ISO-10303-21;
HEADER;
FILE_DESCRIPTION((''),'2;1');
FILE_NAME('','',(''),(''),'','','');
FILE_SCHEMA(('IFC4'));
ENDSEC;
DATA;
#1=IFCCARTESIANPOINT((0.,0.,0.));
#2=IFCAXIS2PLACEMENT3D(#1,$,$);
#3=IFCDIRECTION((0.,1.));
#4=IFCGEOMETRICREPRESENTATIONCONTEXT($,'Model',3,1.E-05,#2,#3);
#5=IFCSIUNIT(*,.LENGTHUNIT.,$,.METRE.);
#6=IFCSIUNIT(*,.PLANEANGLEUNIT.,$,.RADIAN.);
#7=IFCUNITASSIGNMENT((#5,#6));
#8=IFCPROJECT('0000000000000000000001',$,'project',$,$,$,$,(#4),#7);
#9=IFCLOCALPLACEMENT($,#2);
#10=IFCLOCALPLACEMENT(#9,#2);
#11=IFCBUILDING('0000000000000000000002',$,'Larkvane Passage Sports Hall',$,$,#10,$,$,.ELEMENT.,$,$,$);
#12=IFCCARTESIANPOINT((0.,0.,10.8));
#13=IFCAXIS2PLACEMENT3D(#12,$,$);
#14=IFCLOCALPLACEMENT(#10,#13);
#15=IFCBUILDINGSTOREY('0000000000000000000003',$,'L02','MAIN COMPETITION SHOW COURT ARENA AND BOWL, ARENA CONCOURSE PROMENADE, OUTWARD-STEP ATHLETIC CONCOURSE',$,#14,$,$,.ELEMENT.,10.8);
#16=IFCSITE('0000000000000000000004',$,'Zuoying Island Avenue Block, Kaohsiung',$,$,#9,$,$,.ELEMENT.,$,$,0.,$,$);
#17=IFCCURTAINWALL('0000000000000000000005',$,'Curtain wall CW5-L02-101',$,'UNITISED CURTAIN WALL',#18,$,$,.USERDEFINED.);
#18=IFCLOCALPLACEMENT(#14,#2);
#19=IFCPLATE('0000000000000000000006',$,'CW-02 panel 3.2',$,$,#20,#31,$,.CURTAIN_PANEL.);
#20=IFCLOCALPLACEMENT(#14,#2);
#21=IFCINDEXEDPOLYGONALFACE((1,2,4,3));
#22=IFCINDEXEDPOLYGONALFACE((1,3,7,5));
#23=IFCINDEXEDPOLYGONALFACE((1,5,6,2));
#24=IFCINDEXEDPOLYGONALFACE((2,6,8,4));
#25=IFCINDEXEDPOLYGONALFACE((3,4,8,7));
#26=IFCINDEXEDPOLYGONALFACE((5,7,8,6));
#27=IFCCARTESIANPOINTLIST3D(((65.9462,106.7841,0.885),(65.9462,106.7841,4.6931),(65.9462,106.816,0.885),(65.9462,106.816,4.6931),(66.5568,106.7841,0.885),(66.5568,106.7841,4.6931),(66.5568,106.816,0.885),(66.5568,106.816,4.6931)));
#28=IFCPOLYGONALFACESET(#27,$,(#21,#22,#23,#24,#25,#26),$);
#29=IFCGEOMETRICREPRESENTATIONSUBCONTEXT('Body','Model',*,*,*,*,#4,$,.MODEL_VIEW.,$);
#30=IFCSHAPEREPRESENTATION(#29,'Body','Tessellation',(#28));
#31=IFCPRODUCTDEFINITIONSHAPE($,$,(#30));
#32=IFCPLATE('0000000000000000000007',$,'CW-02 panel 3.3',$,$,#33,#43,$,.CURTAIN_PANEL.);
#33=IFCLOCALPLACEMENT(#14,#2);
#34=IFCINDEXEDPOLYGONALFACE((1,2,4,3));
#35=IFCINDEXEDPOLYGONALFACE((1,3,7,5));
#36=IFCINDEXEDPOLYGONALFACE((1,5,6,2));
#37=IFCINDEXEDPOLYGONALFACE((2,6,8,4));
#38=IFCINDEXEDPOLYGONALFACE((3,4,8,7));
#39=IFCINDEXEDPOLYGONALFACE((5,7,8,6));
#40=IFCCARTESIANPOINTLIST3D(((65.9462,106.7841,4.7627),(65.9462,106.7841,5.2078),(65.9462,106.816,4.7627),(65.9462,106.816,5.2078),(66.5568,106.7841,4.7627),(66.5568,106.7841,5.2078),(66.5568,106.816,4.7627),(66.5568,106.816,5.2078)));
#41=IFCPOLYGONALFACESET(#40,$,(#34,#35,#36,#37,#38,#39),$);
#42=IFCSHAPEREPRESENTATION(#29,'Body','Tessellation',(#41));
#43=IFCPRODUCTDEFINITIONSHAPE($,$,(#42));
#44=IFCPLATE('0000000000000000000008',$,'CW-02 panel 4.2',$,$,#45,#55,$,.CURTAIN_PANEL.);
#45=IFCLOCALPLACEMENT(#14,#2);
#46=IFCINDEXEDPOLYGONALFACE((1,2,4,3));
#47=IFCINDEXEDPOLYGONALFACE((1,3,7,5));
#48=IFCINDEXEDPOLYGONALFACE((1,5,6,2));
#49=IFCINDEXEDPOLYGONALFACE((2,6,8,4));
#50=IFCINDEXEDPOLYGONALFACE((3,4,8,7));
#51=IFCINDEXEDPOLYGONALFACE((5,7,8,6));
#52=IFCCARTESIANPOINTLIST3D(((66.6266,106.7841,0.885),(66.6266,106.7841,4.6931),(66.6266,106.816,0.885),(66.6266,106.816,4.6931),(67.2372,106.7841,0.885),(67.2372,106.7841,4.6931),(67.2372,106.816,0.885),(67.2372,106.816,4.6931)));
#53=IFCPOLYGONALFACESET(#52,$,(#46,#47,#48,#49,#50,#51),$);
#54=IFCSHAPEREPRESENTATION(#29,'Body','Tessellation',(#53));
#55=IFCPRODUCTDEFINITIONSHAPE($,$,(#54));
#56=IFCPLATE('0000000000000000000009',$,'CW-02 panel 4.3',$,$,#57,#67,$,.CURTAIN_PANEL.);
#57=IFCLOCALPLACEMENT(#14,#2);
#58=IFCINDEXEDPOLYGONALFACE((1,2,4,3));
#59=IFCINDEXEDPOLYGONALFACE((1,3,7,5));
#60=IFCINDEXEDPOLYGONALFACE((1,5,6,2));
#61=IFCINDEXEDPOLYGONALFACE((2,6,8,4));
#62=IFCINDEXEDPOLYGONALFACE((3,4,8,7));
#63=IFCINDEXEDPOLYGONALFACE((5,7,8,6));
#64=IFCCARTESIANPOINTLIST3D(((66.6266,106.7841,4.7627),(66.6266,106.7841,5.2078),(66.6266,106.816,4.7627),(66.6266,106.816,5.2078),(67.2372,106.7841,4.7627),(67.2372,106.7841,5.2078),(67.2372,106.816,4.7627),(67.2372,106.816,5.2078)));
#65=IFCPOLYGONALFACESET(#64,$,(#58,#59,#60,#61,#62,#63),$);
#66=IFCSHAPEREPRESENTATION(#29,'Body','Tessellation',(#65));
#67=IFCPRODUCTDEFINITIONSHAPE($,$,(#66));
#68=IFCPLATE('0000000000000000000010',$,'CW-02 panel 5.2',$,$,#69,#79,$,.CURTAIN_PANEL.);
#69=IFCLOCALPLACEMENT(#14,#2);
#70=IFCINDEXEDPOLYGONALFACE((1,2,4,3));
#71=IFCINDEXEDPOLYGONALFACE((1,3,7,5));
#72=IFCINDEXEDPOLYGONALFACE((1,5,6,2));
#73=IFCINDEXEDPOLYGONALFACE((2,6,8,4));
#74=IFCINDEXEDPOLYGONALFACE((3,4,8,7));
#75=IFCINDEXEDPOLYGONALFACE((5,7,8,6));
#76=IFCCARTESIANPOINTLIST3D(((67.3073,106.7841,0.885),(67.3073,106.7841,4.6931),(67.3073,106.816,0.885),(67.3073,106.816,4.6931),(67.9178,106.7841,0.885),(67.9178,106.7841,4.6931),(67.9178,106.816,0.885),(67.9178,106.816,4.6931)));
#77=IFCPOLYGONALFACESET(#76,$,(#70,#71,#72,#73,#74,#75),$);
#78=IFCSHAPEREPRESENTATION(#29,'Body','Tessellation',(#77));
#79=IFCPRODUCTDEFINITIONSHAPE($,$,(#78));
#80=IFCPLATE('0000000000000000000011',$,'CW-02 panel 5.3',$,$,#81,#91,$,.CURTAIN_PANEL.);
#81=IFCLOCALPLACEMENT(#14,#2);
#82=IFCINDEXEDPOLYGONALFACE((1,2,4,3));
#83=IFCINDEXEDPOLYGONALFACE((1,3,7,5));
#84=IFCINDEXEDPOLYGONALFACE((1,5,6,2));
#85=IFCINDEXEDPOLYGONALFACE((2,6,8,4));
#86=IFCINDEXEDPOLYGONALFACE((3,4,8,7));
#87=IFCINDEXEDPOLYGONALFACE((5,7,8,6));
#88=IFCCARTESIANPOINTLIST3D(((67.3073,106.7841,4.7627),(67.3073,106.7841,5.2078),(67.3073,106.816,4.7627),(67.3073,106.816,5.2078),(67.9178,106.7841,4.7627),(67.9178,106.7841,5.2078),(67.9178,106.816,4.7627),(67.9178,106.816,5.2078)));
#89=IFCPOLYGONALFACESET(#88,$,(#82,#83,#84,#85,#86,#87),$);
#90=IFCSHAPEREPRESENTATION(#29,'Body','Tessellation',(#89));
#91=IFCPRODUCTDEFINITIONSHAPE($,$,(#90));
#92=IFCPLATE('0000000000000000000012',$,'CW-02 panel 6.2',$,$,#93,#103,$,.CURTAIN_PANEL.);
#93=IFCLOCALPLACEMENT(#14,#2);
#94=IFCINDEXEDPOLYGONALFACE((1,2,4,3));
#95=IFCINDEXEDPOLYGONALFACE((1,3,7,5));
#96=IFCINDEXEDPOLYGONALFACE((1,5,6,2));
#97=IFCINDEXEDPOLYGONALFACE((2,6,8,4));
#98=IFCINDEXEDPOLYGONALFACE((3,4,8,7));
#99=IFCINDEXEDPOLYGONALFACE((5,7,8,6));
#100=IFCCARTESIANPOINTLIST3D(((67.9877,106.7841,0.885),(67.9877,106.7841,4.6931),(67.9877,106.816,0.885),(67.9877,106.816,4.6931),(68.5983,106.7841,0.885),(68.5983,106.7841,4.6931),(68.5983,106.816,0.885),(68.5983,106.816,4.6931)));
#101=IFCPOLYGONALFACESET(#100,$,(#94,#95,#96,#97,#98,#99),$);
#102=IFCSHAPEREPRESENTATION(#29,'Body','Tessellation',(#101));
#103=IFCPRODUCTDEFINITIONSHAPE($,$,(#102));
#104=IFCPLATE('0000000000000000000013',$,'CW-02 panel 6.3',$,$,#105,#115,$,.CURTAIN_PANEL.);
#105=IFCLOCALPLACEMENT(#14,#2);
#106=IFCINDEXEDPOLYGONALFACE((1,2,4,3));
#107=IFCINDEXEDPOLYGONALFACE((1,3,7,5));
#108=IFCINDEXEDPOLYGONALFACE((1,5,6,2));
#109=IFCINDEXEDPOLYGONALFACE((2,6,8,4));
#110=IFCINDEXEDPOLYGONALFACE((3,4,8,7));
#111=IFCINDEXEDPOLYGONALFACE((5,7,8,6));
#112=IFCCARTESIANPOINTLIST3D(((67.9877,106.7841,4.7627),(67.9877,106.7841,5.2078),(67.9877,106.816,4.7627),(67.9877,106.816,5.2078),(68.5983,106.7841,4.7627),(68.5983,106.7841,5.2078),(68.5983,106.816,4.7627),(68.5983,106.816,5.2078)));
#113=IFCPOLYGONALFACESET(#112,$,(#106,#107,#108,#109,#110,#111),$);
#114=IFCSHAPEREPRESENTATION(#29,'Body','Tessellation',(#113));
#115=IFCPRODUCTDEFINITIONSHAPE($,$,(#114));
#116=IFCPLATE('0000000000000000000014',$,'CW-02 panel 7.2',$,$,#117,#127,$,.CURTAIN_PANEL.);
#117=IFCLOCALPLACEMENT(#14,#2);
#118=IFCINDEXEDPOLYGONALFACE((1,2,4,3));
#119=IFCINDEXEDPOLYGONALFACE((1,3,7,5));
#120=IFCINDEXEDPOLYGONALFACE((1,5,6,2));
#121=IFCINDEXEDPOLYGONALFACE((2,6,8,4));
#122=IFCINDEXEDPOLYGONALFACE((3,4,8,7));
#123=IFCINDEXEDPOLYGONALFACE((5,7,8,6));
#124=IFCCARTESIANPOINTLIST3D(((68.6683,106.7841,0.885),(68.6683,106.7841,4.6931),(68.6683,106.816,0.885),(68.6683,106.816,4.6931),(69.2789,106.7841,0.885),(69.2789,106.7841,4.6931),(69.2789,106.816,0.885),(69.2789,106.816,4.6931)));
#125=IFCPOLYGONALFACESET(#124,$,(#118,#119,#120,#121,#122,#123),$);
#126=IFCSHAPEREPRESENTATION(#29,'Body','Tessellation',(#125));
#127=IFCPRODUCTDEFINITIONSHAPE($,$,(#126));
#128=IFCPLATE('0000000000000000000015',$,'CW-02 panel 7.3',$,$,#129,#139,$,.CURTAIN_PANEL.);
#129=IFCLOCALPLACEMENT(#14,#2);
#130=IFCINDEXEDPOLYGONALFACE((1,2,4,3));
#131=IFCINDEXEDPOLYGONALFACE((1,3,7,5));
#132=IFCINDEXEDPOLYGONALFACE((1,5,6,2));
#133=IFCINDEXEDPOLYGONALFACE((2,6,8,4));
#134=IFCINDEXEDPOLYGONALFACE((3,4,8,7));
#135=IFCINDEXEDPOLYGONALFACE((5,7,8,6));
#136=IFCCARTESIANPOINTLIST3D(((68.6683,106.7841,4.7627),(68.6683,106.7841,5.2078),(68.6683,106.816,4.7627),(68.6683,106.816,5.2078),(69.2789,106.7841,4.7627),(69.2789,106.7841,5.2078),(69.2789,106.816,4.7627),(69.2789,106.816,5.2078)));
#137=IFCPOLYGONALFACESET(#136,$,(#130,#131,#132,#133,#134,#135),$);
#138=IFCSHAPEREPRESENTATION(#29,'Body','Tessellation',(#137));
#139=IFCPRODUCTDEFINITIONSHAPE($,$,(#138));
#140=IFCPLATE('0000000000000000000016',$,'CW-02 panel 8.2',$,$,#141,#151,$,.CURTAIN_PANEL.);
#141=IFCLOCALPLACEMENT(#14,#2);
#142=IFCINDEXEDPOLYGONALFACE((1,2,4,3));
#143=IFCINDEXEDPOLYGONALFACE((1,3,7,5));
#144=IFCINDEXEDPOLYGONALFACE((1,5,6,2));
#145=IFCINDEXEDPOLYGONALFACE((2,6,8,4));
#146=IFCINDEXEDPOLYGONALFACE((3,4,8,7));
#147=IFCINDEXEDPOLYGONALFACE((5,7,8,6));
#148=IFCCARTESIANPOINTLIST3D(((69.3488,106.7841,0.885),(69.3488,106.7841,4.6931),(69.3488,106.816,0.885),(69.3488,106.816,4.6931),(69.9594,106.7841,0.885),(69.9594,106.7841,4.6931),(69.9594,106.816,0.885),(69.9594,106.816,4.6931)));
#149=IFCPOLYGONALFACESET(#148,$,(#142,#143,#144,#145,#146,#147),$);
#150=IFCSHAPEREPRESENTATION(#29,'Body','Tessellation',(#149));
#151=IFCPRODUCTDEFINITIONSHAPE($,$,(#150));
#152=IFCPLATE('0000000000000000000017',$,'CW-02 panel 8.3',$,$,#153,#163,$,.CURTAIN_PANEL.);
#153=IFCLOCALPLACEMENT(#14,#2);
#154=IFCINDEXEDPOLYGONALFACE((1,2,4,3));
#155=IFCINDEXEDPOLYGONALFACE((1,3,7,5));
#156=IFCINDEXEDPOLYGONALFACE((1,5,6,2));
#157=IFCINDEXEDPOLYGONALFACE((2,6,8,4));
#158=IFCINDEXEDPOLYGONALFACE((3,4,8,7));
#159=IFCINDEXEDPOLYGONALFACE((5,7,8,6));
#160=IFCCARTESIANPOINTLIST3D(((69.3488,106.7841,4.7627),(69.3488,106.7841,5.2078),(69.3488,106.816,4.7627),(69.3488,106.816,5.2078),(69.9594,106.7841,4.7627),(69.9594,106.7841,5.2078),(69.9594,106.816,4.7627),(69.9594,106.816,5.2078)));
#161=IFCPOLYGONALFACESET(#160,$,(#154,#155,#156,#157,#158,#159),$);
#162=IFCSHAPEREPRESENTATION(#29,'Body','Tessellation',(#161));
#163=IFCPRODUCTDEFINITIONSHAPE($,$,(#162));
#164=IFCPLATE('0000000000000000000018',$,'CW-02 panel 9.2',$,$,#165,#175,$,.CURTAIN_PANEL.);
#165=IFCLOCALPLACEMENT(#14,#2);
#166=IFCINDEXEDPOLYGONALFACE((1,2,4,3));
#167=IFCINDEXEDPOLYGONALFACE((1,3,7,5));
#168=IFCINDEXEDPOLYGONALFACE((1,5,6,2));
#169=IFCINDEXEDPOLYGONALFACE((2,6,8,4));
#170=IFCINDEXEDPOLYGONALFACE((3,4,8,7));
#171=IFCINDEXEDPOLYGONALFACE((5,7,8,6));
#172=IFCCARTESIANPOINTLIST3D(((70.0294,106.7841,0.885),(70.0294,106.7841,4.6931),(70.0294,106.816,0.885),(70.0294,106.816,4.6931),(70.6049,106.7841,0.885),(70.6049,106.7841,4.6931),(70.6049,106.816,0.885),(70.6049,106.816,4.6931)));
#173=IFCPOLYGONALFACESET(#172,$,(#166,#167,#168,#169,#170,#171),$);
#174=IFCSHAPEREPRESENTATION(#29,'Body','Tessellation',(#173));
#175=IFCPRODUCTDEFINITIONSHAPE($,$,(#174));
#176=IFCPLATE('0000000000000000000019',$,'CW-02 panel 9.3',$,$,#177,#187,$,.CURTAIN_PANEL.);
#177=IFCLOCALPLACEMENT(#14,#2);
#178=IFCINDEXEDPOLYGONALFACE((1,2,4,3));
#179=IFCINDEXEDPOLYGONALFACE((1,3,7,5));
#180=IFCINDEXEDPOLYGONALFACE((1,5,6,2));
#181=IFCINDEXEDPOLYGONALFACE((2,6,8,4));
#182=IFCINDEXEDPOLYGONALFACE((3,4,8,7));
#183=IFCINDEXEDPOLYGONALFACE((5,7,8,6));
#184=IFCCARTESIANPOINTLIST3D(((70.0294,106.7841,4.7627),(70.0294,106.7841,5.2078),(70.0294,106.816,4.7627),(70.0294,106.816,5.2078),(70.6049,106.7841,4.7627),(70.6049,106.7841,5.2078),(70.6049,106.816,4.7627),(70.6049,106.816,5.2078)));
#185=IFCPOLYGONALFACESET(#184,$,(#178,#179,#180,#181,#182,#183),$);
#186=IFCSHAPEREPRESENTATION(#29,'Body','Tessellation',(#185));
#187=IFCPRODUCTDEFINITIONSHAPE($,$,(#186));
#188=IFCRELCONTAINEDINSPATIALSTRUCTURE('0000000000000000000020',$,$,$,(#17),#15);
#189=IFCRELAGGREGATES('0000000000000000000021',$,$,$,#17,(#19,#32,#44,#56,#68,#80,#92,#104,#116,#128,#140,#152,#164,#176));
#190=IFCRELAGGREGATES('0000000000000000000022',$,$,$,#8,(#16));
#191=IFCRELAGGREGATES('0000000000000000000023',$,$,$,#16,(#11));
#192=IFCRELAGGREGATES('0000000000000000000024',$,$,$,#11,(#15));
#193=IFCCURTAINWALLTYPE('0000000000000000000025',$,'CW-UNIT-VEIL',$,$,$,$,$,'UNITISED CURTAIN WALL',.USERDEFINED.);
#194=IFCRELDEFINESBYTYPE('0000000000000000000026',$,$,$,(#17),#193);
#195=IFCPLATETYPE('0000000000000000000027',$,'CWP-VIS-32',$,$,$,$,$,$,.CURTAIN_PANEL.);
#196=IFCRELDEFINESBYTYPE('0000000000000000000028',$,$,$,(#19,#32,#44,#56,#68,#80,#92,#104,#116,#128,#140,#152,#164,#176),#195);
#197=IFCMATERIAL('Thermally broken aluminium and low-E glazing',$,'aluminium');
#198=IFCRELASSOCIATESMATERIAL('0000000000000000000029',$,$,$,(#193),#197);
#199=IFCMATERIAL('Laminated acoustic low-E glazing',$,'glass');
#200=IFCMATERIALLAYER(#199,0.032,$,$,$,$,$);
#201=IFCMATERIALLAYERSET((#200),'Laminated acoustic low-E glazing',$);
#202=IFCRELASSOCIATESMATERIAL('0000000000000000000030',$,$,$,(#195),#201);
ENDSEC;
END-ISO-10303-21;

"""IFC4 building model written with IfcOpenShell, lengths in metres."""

from ifc_helpers import new_model, si_unit, direction, frame, origin, origin_2d, place, context, subcontext, project, spatial, rectangle, extrude, material, layer, layer_set, type_object, element, aggregate, save


model = new_model("IFC4")

# Units and contexts
model_context = context("Model", 3, precision=1e-05, world=origin(), true_north=direction((0.0, 1.0)))
body_context = subcontext(model_context, "Body", "Model", "MODEL_VIEW")
ifc_project = project(units=[si_unit("LENGTHUNIT", "METRE"), si_unit("PLANEANGLEUNIT", "RADIAN")], contexts=[model_context])

# Site, building, storey
site_placement = place(None, origin())
site = spatial("IfcSite", under=ifc_project, at=site_placement, Name="Zuoying Island Avenue Block, Kaohsiung", CompositionType="ELEMENT", RefElevation=0.0)
building_placement = place(site_placement, origin())
building = spatial("IfcBuilding", under=site, at=building_placement, Name="Larkvane Passage Sports Hall", CompositionType="ELEMENT")
storey_placement = place(building_placement, frame((0.0, 0.0, 10.8)))
storey = spatial("IfcBuildingStorey", under=building, at=storey_placement, Name="L02", Description="MAIN COMPETITION SHOW COURT ARENA AND BOWL, ARENA CONCOURSE PROMENADE, OUTWARD-STEP ATHLETIC CONCOURSE", CompositionType="ELEMENT", Elevation=10.8)

# Curtain wall, plates
ifc_material_1 = material(Name="Thermally broken aluminium and low-E glazing", Category="aluminium")
curtain_wall_type = type_object("IfcCurtainWallType", Name="CW-UNIT-VEIL", ElementType="UNITISED CURTAIN WALL", PredefinedType="USERDEFINED", material=ifc_material_1)
curtain_wall_placement = place(storey_placement, origin())
curtain_wall = element("IfcCurtainWall", 1, at=curtain_wall_placement, inside=storey, type_object=curtain_wall_type, Name="Curtain wall CW5-L02-101", ObjectType="UNITISED CURTAIN WALL", PredefinedType="USERDEFINED")
ifc_material_2 = material(Name="Laminated acoustic low-E glazing", Category="glass")
ifc_layer = layer(ifc_material_2, 0.032)
ifc_layer_set = layer_set([ifc_layer], Name="Laminated acoustic low-E glazing")
plate_type = type_object("IfcPlateType", Name="CWP-VIS-32", PredefinedType="CURTAIN_PANEL", material=ifc_layer_set)
plate_1_placement = place(storey_placement, frame((66.2515, 106.8, 0.885), z_axis=(0.0, 0.0, 1.0), x_axis=(1.0, 0.0, 0.0)))
plate_1 = element("IfcPlate", 2, at=plate_1_placement, type_object=plate_type, Name="CW-02 panel 3.2", PredefinedType="CURTAIN_PANEL", context=body_context, shape_type="SweptSolid", body=[
    extrude(rectangle(XDim=0.6106, YDim=0.032, at=origin_2d()), origin(), (0.0, 0.0, 1.0), 3.8081),
])
plate_2_placement = place(storey_placement, frame((66.2515, 106.8, 4.7627), z_axis=(0.0, 0.0, 1.0), x_axis=(1.0, 0.0, 0.0)))
plate_2 = element("IfcPlate", 3, at=plate_2_placement, type_object=plate_type, Name="CW-02 panel 3.3", PredefinedType="CURTAIN_PANEL", context=body_context, shape_type="SweptSolid", body=[
    extrude(rectangle(XDim=0.6106, YDim=0.032, at=origin_2d()), origin(), (0.0, 0.0, 1.0), 0.4451),
])
plate_3_placement = place(storey_placement, frame((66.9319, 106.8, 0.885), z_axis=(0.0, 0.0, 1.0), x_axis=(1.0, 0.0, 0.0)))
plate_3 = element("IfcPlate", 4, at=plate_3_placement, type_object=plate_type, Name="CW-02 panel 4.2", PredefinedType="CURTAIN_PANEL", context=body_context, shape_type="SweptSolid", body=[
    extrude(rectangle(XDim=0.6106, YDim=0.032, at=origin_2d()), origin(), (0.0, 0.0, 1.0), 3.8081),
])
plate_4_placement = place(storey_placement, frame((66.9319, 106.8, 4.7627), z_axis=(0.0, 0.0, 1.0), x_axis=(1.0, 0.0, 0.0)))
plate_4 = element("IfcPlate", 5, at=plate_4_placement, type_object=plate_type, Name="CW-02 panel 4.3", PredefinedType="CURTAIN_PANEL", context=body_context, shape_type="SweptSolid", body=[
    extrude(rectangle(XDim=0.6106, YDim=0.032, at=origin_2d()), origin(), (0.0, 0.0, 1.0), 0.4451),
])
plate_5_placement = place(storey_placement, frame((67.6125, 106.8, 0.885), z_axis=(0.0, 0.0, 1.0), x_axis=(1.0, 0.0, 0.0)))
plate_5 = element("IfcPlate", 6, at=plate_5_placement, type_object=plate_type, Name="CW-02 panel 5.2", PredefinedType="CURTAIN_PANEL", context=body_context, shape_type="SweptSolid", body=[
    extrude(rectangle(XDim=0.6106, YDim=0.032, at=origin_2d()), origin(), (0.0, 0.0, 1.0), 3.8081),
])
plate_6_placement = place(storey_placement, frame((67.6125, 106.8, 4.7627), z_axis=(0.0, 0.0, 1.0), x_axis=(1.0, 0.0, 0.0)))
plate_6 = element("IfcPlate", 7, at=plate_6_placement, type_object=plate_type, Name="CW-02 panel 5.3", PredefinedType="CURTAIN_PANEL", context=body_context, shape_type="SweptSolid", body=[
    extrude(rectangle(XDim=0.6106, YDim=0.032, at=origin_2d()), origin(), (0.0, 0.0, 1.0), 0.4451),
])
plate_7_placement = place(storey_placement, frame((68.293, 106.8, 0.885), z_axis=(0.0, 0.0, 1.0), x_axis=(1.0, 0.0, 0.0)))
plate_7 = element("IfcPlate", 8, at=plate_7_placement, type_object=plate_type, Name="CW-02 panel 6.2", PredefinedType="CURTAIN_PANEL", context=body_context, shape_type="SweptSolid", body=[
    extrude(rectangle(XDim=0.6106, YDim=0.032, at=origin_2d()), origin(), (0.0, 0.0, 1.0), 3.8081),
])
plate_8_placement = place(storey_placement, frame((68.293, 106.8, 4.7627), z_axis=(0.0, 0.0, 1.0), x_axis=(1.0, 0.0, 0.0)))
plate_8 = element("IfcPlate", 9, at=plate_8_placement, type_object=plate_type, Name="CW-02 panel 6.3", PredefinedType="CURTAIN_PANEL", context=body_context, shape_type="SweptSolid", body=[
    extrude(rectangle(XDim=0.6106, YDim=0.032, at=origin_2d()), origin(), (0.0, 0.0, 1.0), 0.4451),
])
plate_9_placement = place(storey_placement, frame((68.9736, 106.8, 0.885), z_axis=(0.0, 0.0, 1.0), x_axis=(1.0, 0.0, 0.0)))
plate_9 = element("IfcPlate", 10, at=plate_9_placement, type_object=plate_type, Name="CW-02 panel 7.2", PredefinedType="CURTAIN_PANEL", context=body_context, shape_type="SweptSolid", body=[
    extrude(rectangle(XDim=0.6106, YDim=0.032, at=origin_2d()), origin(), (0.0, 0.0, 1.0), 3.8081),
])
plate_10_placement = place(storey_placement, frame((68.9736, 106.8, 4.7627), z_axis=(0.0, 0.0, 1.0), x_axis=(1.0, 0.0, 0.0)))
plate_10 = element("IfcPlate", 11, at=plate_10_placement, type_object=plate_type, Name="CW-02 panel 7.3", PredefinedType="CURTAIN_PANEL", context=body_context, shape_type="SweptSolid", body=[
    extrude(rectangle(XDim=0.6106, YDim=0.032, at=origin_2d()), origin(), (0.0, 0.0, 1.0), 0.4451),
])
plate_11_placement = place(storey_placement, frame((69.6541, 106.8, 0.885), z_axis=(0.0, 0.0, 1.0), x_axis=(1.0, 0.0, 0.0)))
plate_11 = element("IfcPlate", 12, at=plate_11_placement, type_object=plate_type, Name="CW-02 panel 8.2", PredefinedType="CURTAIN_PANEL", context=body_context, shape_type="SweptSolid", body=[
    extrude(rectangle(XDim=0.6106, YDim=0.032, at=origin_2d()), origin(), (0.0, 0.0, 1.0), 3.8081),
])
plate_12_placement = place(storey_placement, frame((69.6541, 106.8, 4.7627), z_axis=(0.0, 0.0, 1.0), x_axis=(1.0, 0.0, 0.0)))
plate_12 = element("IfcPlate", 13, at=plate_12_placement, type_object=plate_type, Name="CW-02 panel 8.3", PredefinedType="CURTAIN_PANEL", context=body_context, shape_type="SweptSolid", body=[
    extrude(rectangle(XDim=0.6106, YDim=0.032, at=origin_2d()), origin(), (0.0, 0.0, 1.0), 0.4451),
])
plate_13_placement = place(storey_placement, frame((70.3171, 106.8, 0.885), z_axis=(0.0, 0.0, 1.0), x_axis=(1.0, 0.0, 0.0)))
plate_13 = element("IfcPlate", 14, at=plate_13_placement, type_object=plate_type, Name="CW-02 panel 9.2", PredefinedType="CURTAIN_PANEL", context=body_context, shape_type="SweptSolid", body=[
    extrude(rectangle(XDim=0.5754, YDim=0.032, at=origin_2d()), origin(), (0.0, 0.0, 1.0), 3.8081),
])
plate_14_placement = place(storey_placement, frame((70.3171, 106.8, 4.7627), z_axis=(0.0, 0.0, 1.0), x_axis=(1.0, 0.0, 0.0)))
plate_14 = element("IfcPlate", 15, at=plate_14_placement, type_object=plate_type, Name="CW-02 panel 9.3", PredefinedType="CURTAIN_PANEL", context=body_context, shape_type="SweptSolid", body=[
    extrude(rectangle(XDim=0.5754, YDim=0.032, at=origin_2d()), origin(), (0.0, 0.0, 1.0), 0.4451),
])
aggregate(curtain_wall, [plate_1, plate_2, plate_3, plate_4, plate_5, plate_6, plate_7, plate_8, plate_9, plate_10, plate_11, plate_12, plate_13, plate_14])

save(model, "model.ifc")
